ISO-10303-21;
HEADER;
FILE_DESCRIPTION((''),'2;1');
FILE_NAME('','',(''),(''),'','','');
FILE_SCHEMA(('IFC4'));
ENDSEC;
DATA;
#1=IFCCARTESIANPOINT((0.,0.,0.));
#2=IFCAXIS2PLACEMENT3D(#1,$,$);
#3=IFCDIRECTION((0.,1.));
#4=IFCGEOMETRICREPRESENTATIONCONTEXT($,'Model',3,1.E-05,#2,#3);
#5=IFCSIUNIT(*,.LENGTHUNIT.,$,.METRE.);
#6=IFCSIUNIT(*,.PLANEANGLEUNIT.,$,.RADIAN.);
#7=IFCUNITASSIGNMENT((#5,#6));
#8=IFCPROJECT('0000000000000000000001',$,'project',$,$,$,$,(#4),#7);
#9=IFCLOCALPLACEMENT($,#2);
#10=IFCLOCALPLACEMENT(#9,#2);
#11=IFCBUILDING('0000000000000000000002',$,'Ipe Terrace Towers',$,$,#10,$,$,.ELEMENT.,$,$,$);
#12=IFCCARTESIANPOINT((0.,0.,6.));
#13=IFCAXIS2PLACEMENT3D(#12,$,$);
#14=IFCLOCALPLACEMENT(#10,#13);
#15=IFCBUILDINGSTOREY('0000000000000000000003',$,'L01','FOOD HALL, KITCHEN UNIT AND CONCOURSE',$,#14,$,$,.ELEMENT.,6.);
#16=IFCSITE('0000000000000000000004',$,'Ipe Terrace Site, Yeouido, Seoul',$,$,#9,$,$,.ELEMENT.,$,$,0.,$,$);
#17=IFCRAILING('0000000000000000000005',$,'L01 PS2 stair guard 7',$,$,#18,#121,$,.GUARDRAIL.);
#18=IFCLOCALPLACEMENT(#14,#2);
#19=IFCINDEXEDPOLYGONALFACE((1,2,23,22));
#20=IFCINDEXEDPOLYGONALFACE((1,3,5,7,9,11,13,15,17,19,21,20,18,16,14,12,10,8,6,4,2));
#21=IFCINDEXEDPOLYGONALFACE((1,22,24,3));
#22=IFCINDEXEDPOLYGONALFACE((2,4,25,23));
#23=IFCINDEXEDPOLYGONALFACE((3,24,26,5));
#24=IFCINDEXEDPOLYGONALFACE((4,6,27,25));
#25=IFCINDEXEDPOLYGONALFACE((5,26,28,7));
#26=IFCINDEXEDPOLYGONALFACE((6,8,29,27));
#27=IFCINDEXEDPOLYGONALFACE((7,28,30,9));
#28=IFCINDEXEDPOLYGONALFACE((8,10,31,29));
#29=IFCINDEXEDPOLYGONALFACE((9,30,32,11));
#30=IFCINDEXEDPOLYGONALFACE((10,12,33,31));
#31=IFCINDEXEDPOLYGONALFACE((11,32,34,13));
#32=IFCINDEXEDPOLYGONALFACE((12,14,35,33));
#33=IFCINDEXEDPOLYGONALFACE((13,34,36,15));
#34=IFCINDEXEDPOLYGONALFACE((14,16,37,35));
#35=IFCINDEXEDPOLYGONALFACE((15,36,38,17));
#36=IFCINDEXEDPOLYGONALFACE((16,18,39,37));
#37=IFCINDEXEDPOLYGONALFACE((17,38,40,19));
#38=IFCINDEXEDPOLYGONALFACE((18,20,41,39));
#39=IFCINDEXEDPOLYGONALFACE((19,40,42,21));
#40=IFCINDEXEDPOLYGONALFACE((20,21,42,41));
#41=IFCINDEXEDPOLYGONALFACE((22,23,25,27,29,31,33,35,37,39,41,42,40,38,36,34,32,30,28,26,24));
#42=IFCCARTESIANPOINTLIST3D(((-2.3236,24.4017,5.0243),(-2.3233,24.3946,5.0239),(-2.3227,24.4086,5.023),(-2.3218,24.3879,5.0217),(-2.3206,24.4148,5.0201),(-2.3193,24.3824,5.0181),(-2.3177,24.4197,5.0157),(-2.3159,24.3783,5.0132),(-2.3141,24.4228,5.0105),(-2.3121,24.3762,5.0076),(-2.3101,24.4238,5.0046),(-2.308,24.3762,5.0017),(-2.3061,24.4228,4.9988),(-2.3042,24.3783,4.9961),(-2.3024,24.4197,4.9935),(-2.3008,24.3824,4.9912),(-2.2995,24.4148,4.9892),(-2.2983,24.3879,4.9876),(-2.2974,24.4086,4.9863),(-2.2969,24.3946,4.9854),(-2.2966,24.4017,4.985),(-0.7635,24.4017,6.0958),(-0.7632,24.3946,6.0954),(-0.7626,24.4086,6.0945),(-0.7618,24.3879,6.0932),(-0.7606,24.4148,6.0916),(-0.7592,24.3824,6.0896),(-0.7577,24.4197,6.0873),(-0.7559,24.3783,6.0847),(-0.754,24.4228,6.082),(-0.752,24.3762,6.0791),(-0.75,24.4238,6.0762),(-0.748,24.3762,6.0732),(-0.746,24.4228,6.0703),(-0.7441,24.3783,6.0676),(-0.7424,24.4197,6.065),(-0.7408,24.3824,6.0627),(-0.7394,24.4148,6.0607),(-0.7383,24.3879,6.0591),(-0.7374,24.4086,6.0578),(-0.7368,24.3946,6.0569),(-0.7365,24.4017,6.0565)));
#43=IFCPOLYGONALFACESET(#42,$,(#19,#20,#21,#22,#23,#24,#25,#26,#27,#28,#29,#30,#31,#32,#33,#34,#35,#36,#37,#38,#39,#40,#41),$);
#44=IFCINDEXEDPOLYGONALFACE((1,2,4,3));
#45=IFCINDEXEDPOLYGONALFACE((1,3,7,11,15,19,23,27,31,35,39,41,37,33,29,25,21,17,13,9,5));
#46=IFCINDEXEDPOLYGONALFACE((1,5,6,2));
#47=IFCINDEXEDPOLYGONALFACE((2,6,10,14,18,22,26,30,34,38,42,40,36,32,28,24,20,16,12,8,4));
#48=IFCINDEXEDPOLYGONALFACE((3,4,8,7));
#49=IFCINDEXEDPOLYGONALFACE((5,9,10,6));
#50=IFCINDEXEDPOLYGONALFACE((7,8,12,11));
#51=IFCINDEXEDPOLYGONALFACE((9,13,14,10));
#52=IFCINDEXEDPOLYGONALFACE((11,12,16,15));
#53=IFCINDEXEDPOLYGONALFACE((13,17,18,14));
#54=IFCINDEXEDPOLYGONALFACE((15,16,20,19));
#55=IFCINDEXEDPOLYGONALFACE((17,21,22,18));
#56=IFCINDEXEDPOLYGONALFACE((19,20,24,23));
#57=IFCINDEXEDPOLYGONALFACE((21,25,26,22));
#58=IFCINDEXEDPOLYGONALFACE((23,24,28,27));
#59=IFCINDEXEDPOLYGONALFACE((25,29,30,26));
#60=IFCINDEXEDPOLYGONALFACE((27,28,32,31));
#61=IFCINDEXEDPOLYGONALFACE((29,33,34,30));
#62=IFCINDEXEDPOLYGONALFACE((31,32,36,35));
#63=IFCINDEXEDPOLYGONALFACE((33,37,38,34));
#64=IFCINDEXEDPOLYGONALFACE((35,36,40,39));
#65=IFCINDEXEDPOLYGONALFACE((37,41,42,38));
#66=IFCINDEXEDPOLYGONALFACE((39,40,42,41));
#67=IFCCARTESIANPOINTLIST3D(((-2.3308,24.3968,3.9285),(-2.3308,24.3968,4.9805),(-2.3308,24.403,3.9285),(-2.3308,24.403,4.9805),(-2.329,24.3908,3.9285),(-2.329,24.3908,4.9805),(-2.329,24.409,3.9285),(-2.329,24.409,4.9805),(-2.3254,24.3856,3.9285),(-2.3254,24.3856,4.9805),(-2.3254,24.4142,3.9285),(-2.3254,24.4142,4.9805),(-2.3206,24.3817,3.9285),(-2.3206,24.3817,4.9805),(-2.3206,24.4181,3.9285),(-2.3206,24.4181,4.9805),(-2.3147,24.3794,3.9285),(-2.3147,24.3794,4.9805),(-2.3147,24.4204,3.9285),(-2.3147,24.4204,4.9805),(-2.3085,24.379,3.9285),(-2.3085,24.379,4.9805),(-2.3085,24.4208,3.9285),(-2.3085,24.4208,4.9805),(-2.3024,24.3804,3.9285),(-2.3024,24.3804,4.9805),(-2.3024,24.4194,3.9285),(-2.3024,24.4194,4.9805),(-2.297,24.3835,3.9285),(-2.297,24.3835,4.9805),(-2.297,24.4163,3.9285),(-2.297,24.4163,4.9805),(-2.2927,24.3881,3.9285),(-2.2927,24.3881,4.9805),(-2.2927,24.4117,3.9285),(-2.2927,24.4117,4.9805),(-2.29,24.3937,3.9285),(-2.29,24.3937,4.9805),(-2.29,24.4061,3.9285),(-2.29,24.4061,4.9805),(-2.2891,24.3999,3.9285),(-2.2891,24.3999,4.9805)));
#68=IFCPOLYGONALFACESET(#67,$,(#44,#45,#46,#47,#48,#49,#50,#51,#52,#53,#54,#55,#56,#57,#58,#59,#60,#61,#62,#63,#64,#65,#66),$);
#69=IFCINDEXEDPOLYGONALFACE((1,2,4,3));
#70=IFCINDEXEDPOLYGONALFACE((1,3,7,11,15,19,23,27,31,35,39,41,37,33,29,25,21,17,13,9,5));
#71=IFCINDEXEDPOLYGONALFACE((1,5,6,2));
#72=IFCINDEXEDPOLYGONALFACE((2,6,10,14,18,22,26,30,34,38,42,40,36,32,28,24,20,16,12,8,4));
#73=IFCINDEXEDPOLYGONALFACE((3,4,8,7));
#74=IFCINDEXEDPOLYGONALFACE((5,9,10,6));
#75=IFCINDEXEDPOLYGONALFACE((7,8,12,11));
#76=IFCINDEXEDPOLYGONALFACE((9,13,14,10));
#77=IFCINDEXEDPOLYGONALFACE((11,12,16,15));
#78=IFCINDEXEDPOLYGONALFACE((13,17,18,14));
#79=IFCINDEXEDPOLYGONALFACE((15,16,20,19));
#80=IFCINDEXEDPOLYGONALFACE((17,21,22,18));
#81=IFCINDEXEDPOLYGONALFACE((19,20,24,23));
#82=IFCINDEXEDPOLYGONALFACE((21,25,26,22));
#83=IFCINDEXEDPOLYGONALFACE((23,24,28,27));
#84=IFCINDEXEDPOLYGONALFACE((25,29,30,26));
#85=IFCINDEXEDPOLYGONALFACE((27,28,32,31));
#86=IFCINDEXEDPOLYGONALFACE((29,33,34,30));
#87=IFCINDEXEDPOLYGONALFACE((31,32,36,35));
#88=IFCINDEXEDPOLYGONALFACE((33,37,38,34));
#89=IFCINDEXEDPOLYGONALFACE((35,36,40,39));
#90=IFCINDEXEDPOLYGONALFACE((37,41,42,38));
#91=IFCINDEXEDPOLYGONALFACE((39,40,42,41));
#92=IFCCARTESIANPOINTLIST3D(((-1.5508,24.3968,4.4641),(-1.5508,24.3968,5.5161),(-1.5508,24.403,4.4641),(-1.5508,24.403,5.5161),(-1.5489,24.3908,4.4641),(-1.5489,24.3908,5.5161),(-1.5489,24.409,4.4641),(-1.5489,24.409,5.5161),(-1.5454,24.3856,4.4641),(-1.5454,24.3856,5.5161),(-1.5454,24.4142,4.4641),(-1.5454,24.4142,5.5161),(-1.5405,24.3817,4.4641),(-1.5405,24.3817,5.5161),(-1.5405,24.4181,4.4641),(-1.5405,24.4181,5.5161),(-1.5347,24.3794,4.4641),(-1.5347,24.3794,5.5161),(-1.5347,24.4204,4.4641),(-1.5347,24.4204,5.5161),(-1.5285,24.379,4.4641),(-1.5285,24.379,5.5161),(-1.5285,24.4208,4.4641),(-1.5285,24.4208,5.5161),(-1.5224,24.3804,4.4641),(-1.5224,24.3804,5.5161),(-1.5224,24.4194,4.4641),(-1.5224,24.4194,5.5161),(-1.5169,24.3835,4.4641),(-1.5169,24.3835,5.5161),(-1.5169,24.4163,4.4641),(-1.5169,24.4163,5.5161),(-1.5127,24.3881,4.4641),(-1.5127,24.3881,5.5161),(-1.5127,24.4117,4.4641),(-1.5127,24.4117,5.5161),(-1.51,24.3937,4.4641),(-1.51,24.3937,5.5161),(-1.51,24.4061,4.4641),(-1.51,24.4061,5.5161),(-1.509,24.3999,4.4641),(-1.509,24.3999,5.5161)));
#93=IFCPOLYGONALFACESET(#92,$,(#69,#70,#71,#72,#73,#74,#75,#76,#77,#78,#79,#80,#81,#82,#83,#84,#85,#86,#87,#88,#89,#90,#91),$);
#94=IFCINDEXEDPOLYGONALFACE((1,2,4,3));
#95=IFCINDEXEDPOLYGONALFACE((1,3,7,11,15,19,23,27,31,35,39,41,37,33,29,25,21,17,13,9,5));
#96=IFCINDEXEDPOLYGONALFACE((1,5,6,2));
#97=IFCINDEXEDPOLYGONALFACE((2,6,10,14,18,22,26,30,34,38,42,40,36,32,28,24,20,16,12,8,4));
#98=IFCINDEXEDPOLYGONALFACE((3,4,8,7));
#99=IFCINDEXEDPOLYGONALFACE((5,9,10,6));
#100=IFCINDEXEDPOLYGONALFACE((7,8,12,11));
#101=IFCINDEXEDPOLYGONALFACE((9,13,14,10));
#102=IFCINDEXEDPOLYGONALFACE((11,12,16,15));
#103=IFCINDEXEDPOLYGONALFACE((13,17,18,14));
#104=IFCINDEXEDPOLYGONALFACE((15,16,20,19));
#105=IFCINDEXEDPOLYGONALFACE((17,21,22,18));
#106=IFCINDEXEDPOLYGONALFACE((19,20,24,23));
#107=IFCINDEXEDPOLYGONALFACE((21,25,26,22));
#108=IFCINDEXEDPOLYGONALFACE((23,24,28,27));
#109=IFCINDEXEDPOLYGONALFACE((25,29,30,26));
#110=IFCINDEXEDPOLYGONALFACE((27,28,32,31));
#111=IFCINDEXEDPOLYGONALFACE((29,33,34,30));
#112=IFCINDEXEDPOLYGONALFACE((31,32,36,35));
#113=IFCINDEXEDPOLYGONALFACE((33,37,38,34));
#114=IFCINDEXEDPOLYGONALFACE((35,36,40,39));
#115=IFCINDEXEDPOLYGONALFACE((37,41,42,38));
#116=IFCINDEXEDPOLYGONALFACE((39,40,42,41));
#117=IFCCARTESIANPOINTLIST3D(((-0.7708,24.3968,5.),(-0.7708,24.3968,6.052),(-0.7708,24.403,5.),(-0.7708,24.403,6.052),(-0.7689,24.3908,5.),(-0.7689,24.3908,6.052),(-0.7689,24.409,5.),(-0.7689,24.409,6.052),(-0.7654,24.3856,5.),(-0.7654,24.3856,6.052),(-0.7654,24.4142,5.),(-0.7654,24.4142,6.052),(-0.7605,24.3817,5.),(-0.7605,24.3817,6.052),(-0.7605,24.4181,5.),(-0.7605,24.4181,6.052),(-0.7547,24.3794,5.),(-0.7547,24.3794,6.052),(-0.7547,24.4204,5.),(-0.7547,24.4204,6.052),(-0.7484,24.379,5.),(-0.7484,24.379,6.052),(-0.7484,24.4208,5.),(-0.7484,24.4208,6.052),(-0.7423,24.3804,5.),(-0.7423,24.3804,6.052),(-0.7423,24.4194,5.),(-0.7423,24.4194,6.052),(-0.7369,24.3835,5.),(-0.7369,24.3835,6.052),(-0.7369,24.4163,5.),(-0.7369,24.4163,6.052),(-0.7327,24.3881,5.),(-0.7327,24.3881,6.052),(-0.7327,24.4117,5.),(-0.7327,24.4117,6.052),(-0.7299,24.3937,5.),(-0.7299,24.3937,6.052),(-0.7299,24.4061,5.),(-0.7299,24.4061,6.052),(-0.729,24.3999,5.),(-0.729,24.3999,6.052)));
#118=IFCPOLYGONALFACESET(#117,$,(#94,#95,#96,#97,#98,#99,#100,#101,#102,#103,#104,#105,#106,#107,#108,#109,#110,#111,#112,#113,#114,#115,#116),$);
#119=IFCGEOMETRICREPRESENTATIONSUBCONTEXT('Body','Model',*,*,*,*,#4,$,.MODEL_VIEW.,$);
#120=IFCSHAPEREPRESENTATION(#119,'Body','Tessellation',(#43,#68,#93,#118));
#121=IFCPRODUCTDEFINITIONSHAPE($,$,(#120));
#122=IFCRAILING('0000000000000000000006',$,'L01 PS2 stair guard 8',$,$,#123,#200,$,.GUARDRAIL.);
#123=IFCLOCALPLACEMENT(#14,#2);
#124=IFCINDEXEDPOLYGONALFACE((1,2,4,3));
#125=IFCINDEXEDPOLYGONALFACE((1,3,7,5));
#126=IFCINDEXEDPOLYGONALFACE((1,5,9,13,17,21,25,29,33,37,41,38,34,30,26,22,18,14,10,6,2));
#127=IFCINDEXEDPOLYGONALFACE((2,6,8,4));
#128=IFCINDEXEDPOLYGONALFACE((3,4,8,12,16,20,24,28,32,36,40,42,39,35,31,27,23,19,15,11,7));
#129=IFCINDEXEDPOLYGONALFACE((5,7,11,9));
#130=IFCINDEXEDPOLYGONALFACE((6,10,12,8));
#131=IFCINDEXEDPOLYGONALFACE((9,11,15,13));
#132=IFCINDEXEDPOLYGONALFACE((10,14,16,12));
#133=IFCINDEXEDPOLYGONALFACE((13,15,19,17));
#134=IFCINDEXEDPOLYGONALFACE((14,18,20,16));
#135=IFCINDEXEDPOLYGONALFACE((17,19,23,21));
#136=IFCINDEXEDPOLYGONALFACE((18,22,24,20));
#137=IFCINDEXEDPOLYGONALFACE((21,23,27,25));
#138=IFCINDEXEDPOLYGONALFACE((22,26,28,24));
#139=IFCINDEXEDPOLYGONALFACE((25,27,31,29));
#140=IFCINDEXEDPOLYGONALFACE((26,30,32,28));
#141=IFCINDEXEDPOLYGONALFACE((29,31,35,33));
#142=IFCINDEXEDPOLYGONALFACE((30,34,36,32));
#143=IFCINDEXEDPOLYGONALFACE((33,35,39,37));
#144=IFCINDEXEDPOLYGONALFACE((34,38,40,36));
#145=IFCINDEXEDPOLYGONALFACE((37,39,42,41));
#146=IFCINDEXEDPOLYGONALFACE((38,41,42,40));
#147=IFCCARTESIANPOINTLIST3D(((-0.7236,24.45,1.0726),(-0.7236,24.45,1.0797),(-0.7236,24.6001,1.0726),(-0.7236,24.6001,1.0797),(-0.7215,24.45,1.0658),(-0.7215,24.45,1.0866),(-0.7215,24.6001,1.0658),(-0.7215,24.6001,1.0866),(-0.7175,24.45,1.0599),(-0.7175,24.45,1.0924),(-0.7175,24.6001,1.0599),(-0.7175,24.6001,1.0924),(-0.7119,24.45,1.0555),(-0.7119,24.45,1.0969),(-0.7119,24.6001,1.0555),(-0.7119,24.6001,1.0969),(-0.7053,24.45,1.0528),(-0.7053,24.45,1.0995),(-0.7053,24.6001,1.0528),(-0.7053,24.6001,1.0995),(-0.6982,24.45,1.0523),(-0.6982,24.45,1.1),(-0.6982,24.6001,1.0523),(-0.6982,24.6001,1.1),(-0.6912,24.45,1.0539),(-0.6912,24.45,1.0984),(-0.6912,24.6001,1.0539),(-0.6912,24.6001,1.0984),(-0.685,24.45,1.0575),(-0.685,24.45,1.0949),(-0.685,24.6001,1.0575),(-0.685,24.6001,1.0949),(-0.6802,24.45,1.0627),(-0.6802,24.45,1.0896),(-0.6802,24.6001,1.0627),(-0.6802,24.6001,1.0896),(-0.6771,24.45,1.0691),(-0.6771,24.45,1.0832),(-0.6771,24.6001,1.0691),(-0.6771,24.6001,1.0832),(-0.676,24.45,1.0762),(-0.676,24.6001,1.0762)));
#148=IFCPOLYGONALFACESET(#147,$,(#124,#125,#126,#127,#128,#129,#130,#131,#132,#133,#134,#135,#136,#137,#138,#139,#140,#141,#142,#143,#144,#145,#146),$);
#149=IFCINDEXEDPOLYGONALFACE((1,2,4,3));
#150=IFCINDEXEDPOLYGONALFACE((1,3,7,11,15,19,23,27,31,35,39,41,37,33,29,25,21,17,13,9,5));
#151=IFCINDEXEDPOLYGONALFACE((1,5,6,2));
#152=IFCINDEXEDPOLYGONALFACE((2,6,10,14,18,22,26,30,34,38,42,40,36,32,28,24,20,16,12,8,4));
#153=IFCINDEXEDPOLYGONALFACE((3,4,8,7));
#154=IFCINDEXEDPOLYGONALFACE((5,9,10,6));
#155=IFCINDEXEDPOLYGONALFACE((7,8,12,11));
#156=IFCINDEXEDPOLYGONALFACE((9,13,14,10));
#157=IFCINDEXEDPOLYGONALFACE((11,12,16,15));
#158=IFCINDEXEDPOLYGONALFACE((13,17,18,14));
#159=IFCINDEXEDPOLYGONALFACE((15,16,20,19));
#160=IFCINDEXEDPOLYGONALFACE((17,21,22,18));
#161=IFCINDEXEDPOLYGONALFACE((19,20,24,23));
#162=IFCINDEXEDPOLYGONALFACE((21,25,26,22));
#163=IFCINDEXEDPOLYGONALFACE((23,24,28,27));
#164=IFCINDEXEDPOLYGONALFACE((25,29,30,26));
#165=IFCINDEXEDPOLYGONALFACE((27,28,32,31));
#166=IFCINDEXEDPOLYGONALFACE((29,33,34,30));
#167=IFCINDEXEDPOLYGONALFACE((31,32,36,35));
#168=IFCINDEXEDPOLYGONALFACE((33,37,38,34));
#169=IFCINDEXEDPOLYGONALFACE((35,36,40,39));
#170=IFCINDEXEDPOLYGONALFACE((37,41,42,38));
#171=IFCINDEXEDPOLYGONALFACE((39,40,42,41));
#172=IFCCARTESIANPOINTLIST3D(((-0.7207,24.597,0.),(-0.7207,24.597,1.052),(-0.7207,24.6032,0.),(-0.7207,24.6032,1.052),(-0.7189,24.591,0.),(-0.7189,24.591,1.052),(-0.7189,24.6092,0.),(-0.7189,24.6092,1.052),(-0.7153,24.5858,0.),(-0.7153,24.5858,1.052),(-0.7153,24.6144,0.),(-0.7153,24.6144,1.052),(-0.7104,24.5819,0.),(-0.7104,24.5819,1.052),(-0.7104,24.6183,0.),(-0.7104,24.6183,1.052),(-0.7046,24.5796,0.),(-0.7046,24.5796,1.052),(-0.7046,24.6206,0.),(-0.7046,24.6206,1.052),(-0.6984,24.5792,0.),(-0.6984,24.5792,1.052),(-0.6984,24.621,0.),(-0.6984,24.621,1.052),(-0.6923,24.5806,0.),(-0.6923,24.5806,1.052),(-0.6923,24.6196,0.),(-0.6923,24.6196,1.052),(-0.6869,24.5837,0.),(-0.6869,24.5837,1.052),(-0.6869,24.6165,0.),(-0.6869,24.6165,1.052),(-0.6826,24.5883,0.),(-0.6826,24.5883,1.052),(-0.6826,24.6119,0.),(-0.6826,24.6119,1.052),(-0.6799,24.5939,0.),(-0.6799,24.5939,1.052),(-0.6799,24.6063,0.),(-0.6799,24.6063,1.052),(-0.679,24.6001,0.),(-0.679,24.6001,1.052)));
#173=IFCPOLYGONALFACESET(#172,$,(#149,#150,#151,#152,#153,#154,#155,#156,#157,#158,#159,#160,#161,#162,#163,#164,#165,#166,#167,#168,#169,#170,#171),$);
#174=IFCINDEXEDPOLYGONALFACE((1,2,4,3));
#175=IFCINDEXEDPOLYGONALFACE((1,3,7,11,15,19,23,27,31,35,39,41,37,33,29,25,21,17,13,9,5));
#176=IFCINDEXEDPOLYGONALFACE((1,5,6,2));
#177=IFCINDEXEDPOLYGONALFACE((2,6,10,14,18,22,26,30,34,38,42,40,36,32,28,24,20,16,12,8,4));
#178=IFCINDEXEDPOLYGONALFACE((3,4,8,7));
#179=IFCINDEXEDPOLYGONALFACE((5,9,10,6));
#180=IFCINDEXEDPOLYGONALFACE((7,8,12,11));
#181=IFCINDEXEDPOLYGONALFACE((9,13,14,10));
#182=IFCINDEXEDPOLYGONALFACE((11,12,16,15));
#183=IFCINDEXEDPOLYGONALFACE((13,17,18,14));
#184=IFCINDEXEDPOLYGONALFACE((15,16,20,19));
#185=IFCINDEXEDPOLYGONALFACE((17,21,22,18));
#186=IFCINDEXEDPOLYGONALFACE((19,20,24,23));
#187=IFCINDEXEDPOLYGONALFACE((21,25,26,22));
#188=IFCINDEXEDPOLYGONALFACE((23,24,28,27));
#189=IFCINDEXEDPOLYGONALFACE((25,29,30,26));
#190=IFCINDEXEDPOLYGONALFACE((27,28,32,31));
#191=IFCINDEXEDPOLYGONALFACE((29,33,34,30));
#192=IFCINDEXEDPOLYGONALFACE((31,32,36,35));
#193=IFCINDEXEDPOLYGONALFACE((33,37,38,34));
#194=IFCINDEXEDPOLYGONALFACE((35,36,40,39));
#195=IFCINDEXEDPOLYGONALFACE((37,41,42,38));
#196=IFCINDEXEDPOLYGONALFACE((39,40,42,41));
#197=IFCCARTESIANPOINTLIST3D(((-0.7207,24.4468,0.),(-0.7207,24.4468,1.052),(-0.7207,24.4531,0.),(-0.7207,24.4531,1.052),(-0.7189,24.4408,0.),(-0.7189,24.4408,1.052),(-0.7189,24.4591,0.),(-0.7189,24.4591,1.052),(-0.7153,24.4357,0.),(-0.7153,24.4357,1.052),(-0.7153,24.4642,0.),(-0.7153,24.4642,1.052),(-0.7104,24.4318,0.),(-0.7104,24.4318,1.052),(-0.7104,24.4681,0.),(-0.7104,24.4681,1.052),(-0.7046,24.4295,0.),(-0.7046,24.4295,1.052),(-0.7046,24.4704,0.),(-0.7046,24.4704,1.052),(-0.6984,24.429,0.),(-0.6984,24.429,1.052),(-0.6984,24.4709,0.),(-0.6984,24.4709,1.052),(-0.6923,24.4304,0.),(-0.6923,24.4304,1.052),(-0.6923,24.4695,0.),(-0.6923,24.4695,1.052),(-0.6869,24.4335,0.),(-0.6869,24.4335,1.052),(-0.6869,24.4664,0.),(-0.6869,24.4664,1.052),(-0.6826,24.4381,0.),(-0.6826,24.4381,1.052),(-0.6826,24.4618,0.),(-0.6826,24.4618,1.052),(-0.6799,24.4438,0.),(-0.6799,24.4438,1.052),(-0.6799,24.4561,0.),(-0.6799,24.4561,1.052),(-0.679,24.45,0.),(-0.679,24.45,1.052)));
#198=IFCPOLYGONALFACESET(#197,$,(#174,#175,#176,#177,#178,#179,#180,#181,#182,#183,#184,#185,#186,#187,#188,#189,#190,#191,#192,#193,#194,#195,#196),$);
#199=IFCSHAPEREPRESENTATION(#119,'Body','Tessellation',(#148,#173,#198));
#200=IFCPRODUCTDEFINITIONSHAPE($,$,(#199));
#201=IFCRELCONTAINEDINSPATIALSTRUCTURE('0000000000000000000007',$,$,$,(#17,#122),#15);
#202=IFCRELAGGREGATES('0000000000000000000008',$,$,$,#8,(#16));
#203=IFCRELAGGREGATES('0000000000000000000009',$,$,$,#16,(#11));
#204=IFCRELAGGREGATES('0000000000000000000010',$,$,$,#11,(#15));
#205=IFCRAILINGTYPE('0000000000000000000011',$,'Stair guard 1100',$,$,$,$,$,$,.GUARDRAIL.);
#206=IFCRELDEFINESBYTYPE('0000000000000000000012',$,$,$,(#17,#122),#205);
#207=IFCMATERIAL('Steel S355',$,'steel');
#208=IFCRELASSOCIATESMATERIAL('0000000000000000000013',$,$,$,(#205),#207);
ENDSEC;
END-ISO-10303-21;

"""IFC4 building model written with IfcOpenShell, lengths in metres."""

from ifc_helpers import new_model, si_unit, direction, frame, origin, origin_2d, place, context, subcontext, project, spatial, circle, extrude, material, type_object, element, save


model = new_model("IFC4")

# Units and contexts
model_context = context("Model", 3, precision=1e-05, world=origin(), true_north=direction((0.0, 1.0)))
body_context = subcontext(model_context, "Body", "Model", "MODEL_VIEW")
ifc_project = project(units=[si_unit("LENGTHUNIT", "METRE"), si_unit("PLANEANGLEUNIT", "RADIAN")], contexts=[model_context])

# Site, building, storey
site_placement = place(None, origin())
site = spatial("IfcSite", under=ifc_project, at=site_placement, Name="Ipe Terrace Site, Yeouido, Seoul", CompositionType="ELEMENT", RefElevation=0.0)
building_placement = place(site_placement, origin())
building = spatial("IfcBuilding", under=site, at=building_placement, Name="Ipe Terrace Towers", CompositionType="ELEMENT")
storey_placement = place(building_placement, frame((0.0, 0.0, 6.0)))
storey = spatial("IfcBuildingStorey", under=building, at=storey_placement, Name="L01", Description="FOOD HALL, KITCHEN UNIT AND CONCOURSE", CompositionType="ELEMENT", Elevation=6.0)

# Railings
ifc_material_1 = material(Name="Steel S355", Category="steel")
railing_type_1 = type_object("IfcRailingType", Name="Stair guard 1100", PredefinedType="GUARDRAIL", material=ifc_material_1)
railing_1_placement = place(storey_placement, frame((-2.3101, 24.3999, 3.9285)))
element("IfcRailing", 1, at=railing_1_placement, inside=storey, type_object=railing_type_1, Name="L01 PS2 stair guard 7", PredefinedType="GUARDRAIL", context=body_context, shape_type="SweptSolid", body=[
    extrude(circle(Radius=0.0239, at=origin_2d()), frame((0.0, 0.0, 1.0762), z_axis=(0.82429, 0.0, 0.566167), x_axis=(0.0, 1.0, 0.0)), (0.0, 0.0, 1.0), 1.8926),
    extrude(circle(Radius=0.021, at=origin_2d()), origin(), (0.0, 0.0, 1.0), 1.052),
    extrude(circle(Radius=0.021, at=origin_2d()), frame((0.78, 0.0, 0.5356)), (0.0, 0.0, 1.0), 1.052),
    extrude(circle(Radius=0.021, at=origin_2d()), frame((1.5601, 0.0, 1.0715)), (0.0, 0.0, 1.0), 1.052),
])
railing_2_placement = place(storey_placement, frame((-0.7, 24.6001, 0.0)))
element("IfcRailing", 2, at=railing_2_placement, inside=storey, type_object=railing_type_1, Name="L01 PS2 stair guard 8", PredefinedType="GUARDRAIL", context=body_context, shape_type="SweptSolid", body=[
    extrude(circle(Radius=0.0239, at=origin_2d()), frame((0.0, 0.0, 1.0762), z_axis=(0.0, -1.0, 0.0), x_axis=(1.0, 0.0, 0.0)), (0.0, 0.0, 1.0), 0.1501),
    extrude(circle(Radius=0.021, at=origin_2d()), origin(), (0.0, 0.0, 1.0), 1.052),
    extrude(circle(Radius=0.021, at=origin_2d()), frame((0.0, -0.1501, 0.0)), (0.0, 0.0, 1.0), 1.052),
])

save(model, "model.ifc")
